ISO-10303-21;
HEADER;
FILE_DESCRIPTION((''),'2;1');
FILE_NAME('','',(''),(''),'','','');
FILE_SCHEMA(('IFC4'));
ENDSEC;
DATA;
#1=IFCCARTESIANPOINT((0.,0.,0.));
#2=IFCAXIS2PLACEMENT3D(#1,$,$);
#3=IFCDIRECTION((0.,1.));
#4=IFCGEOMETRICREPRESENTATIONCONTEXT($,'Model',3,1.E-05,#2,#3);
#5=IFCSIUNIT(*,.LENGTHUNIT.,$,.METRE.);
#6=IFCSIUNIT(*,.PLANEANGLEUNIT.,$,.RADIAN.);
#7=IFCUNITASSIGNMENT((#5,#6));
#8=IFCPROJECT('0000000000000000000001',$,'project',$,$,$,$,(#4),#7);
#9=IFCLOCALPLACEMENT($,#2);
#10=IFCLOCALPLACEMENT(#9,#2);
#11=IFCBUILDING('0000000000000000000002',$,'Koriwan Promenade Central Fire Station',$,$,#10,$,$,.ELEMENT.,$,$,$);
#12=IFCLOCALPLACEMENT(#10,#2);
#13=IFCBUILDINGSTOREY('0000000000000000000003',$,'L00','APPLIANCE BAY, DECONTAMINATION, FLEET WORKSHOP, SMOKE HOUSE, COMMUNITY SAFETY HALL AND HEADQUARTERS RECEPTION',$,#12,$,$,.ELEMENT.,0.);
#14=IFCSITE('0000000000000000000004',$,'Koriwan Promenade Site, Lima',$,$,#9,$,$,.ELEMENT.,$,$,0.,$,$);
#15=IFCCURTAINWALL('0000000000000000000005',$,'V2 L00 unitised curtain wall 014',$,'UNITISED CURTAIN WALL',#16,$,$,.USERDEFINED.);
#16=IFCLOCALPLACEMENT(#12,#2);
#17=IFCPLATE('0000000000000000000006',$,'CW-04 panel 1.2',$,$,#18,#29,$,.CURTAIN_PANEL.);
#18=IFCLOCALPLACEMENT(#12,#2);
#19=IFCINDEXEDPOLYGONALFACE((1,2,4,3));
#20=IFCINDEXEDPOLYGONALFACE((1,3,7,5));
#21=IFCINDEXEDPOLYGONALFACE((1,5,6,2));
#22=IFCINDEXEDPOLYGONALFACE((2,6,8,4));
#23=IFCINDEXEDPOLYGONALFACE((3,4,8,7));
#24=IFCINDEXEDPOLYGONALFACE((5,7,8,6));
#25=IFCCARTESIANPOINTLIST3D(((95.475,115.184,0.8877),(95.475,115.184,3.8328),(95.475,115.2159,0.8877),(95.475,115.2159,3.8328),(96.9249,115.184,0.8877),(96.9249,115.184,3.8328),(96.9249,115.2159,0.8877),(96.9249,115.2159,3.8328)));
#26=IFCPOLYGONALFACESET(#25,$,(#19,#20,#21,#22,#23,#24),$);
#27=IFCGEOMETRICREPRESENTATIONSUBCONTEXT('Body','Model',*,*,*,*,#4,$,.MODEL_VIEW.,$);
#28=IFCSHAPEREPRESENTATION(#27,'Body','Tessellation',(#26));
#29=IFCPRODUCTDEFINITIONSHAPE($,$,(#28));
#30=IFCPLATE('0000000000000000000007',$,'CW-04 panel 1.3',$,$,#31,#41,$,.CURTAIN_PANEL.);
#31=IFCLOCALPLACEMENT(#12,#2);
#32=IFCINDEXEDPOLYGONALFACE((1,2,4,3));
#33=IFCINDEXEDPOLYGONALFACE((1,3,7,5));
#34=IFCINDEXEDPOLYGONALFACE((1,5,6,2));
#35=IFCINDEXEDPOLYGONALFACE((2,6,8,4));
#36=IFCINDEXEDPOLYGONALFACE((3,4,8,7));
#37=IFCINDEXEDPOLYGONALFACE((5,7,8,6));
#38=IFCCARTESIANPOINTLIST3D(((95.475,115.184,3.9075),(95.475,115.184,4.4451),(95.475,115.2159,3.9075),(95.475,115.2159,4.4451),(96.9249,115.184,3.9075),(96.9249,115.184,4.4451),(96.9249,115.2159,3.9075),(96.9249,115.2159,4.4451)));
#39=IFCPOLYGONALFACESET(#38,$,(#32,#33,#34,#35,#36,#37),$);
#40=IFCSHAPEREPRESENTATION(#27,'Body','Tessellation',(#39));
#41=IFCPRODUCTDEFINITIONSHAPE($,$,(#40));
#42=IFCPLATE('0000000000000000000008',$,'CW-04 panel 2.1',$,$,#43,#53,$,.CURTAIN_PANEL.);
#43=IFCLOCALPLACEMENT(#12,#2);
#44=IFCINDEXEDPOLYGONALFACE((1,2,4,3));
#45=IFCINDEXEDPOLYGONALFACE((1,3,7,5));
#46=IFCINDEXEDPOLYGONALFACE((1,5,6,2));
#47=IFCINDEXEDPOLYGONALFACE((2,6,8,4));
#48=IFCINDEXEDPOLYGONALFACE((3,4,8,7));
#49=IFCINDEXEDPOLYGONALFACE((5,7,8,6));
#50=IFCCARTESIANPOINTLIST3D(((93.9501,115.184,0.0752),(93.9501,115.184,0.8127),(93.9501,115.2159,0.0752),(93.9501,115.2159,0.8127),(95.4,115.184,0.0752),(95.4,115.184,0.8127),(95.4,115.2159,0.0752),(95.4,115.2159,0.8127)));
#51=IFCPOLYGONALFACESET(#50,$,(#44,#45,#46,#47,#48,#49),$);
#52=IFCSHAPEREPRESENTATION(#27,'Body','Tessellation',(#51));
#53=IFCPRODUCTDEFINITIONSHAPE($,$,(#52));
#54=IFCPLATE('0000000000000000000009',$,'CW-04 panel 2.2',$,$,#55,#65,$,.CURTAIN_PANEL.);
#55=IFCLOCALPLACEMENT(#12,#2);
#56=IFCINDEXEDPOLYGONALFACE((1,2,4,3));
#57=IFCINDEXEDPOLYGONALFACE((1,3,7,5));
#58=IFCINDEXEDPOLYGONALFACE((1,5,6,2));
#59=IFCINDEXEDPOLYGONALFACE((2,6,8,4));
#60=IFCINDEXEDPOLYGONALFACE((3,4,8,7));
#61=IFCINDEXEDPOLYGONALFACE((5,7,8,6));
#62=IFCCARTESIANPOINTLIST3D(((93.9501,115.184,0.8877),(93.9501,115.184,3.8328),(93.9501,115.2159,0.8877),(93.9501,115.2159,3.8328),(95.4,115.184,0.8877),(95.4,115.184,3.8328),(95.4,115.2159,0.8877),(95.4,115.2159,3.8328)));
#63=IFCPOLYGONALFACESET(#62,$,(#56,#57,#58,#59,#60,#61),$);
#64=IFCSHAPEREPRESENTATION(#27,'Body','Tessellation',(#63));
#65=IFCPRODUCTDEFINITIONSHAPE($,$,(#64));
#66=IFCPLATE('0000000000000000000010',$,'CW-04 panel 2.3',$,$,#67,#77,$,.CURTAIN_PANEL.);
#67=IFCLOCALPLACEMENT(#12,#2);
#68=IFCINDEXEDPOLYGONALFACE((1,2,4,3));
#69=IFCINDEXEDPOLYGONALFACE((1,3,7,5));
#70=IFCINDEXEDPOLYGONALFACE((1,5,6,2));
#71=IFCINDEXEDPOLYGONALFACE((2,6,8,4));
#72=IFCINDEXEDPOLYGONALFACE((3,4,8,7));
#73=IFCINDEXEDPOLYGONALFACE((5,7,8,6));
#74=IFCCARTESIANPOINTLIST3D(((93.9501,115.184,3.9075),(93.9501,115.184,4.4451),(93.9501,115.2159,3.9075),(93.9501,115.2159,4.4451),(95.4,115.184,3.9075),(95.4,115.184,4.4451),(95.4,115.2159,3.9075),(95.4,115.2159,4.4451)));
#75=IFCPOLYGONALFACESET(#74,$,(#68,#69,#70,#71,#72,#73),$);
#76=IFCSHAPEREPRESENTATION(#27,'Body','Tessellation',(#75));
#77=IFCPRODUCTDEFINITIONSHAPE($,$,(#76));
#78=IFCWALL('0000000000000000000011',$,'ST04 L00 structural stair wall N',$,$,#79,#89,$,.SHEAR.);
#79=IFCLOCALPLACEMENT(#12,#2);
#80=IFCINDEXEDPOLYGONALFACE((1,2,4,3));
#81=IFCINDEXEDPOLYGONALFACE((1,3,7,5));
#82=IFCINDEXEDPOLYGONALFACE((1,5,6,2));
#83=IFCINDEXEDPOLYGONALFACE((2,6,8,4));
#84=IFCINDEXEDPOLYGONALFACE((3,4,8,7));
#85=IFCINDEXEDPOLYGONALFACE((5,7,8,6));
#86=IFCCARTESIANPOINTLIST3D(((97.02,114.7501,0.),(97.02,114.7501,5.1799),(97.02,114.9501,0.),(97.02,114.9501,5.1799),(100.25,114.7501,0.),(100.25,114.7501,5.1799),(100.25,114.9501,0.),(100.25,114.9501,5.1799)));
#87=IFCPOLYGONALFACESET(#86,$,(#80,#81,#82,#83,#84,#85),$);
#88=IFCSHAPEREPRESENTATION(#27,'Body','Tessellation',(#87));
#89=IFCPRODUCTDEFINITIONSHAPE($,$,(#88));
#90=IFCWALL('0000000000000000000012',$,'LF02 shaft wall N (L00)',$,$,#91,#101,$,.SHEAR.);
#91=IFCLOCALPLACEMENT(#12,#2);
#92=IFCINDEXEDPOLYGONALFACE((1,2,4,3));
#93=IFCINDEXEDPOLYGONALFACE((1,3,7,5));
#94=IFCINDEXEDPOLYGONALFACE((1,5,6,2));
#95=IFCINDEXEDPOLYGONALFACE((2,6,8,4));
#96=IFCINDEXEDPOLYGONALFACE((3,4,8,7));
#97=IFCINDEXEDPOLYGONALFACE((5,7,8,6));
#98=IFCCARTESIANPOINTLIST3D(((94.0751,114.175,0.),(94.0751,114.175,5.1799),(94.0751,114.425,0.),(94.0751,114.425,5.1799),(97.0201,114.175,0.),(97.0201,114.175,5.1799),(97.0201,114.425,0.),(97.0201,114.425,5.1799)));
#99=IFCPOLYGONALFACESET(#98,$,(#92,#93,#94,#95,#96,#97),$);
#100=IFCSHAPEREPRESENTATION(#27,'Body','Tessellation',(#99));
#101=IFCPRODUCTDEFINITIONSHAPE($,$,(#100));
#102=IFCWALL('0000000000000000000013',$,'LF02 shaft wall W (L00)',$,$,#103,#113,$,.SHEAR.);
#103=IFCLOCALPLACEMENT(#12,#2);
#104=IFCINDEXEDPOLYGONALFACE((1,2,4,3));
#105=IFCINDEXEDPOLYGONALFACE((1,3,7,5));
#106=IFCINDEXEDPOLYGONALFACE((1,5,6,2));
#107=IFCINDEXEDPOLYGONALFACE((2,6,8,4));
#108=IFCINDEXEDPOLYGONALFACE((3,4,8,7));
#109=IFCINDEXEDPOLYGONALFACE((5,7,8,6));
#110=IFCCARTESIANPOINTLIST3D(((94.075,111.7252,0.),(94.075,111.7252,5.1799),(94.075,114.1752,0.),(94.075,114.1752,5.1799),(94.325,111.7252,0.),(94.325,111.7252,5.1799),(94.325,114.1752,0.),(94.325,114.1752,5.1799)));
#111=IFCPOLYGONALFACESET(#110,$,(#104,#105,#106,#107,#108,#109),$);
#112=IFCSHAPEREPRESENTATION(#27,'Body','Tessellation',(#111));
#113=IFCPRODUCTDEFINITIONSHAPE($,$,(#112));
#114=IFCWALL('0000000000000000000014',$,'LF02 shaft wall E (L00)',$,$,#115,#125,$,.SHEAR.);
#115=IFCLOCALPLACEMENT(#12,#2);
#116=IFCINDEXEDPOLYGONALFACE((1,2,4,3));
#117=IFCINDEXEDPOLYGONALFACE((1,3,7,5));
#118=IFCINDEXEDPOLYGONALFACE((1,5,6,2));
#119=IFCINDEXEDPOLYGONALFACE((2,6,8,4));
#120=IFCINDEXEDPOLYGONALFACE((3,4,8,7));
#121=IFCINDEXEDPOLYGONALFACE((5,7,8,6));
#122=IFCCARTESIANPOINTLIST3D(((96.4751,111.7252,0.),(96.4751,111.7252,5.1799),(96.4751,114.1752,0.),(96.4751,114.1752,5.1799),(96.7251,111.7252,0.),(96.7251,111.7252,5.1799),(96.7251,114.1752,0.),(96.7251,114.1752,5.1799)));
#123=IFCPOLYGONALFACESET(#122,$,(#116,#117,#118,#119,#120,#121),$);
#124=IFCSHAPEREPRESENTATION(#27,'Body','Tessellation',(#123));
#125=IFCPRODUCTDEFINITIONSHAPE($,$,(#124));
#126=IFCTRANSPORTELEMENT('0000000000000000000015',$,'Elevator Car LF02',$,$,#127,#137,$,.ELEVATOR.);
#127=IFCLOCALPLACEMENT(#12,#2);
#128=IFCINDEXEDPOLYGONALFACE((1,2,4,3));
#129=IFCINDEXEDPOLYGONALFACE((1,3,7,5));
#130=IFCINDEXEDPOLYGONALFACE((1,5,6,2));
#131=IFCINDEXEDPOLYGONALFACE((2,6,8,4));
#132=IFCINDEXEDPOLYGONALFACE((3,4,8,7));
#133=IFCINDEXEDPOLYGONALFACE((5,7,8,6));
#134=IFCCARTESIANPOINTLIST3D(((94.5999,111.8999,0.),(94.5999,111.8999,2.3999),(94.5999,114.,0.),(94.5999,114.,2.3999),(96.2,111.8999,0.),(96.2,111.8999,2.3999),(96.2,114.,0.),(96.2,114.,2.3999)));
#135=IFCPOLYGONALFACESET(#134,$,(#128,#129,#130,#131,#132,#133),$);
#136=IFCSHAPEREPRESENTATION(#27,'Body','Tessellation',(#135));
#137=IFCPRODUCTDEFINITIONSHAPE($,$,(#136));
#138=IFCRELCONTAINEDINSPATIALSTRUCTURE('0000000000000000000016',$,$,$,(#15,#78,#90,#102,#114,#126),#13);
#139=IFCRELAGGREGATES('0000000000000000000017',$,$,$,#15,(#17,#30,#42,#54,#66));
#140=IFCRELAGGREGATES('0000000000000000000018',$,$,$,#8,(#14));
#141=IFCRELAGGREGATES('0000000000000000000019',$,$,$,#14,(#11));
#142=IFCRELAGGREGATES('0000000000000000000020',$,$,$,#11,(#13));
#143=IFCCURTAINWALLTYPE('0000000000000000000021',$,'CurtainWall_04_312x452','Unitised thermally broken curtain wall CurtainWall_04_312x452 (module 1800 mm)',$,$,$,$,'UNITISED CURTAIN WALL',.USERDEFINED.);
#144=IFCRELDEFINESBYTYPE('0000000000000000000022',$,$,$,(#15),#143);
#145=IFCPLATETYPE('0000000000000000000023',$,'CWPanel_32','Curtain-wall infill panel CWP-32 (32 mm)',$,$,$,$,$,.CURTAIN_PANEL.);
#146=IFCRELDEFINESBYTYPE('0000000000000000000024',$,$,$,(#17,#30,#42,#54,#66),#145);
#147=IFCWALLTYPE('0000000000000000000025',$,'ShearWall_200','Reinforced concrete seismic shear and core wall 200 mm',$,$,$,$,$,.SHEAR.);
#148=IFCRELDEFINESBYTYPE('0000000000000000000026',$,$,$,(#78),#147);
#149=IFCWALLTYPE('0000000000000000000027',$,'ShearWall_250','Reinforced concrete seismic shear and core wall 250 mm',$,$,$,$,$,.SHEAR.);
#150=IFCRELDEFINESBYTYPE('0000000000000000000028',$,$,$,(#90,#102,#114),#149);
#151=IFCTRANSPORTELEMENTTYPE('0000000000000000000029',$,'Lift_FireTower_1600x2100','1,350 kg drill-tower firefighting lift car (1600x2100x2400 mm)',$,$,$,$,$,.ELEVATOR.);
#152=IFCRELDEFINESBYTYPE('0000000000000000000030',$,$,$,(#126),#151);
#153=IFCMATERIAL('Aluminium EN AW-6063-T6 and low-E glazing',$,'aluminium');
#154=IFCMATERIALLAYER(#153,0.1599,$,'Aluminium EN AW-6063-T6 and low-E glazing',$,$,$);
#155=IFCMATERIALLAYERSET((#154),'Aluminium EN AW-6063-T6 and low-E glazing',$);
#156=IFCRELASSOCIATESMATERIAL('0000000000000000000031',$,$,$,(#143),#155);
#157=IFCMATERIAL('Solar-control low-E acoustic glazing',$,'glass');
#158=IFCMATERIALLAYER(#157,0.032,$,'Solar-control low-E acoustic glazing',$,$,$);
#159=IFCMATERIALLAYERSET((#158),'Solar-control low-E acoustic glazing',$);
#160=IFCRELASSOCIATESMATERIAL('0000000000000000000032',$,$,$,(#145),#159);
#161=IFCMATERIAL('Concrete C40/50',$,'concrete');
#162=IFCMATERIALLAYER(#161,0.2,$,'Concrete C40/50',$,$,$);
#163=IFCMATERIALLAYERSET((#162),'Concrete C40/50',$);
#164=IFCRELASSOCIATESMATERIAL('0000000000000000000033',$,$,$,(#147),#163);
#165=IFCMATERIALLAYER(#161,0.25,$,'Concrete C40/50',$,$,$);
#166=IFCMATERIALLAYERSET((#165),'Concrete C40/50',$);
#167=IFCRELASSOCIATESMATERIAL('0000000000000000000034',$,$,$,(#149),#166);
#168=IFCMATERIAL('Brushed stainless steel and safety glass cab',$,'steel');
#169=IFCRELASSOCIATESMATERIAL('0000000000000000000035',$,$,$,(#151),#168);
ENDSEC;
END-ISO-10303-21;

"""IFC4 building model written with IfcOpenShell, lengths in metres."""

from ifc_helpers import new_model, si_unit, direction, frame, frame_2d, origin, origin_2d, place, context, subcontext, project, spatial, rectangle, extrude, material, layer, layer_set, type_object, element, aggregate, save


model = new_model("IFC4")

# Units and contexts
model_context = context("Model", 3, precision=1e-05, world=origin(), true_north=direction((0.0, 1.0)))
body_context = subcontext(model_context, "Body", "Model", "MODEL_VIEW")
ifc_project = project(units=[si_unit("LENGTHUNIT", "METRE"), si_unit("PLANEANGLEUNIT", "RADIAN")], contexts=[model_context])

# Site, building, storey
site_placement = place(None, origin())
site = spatial("IfcSite", under=ifc_project, at=site_placement, Name="Koriwan Promenade Site, Lima", CompositionType="ELEMENT", RefElevation=0.0)
building_placement = place(site_placement, origin())
building = spatial("IfcBuilding", under=site, at=building_placement, Name="Koriwan Promenade Central Fire Station", CompositionType="ELEMENT")
storey_placement = place(building_placement, origin())
storey = spatial("IfcBuildingStorey", under=building, at=storey_placement, Name="L00", Description="APPLIANCE BAY, DECONTAMINATION, FLEET WORKSHOP, SMOKE HOUSE, COMMUNITY SAFETY HALL AND HEADQUARTERS RECEPTION", CompositionType="ELEMENT", Elevation=0.0)

# Shared definitions
ifc_material_1 = material(Name="Concrete C40/50", Category="concrete")

# Shared definitions
ifc_material_2 = material(Name="Aluminium EN AW-6063-T6 and low-E glazing", Category="aluminium")

# Curtain wall
ifc_layer_1 = layer(ifc_material_2, 0.1599, Name="Aluminium EN AW-6063-T6 and low-E glazing")
ifc_layer_set_1 = layer_set([ifc_layer_1], Name="Aluminium EN AW-6063-T6 and low-E glazing")
curtain_wall_type_1 = type_object("IfcCurtainWallType", Name="CurtainWall_04_312x452", Description="Unitised thermally broken curtain wall CurtainWall_04_312x452 (module 1800 mm)", ElementType="UNITISED CURTAIN WALL", PredefinedType="USERDEFINED", material=ifc_layer_set_1)
curtain_wall_1_placement = place(storey_placement, origin())
curtain_wall_1 = element("IfcCurtainWall", 1, at=curtain_wall_1_placement, inside=storey, type_object=curtain_wall_type_1, Name="V2 L00 unitised curtain wall 014", ObjectType="UNITISED CURTAIN WALL", PredefinedType="USERDEFINED")

# Plates
ifc_material_3 = material(Name="Solar-control low-E acoustic glazing", Category="glass")
ifc_layer_2 = layer(ifc_material_3, 0.032, Name="Solar-control low-E acoustic glazing")
ifc_layer_set_2 = layer_set([ifc_layer_2], Name="Solar-control low-E acoustic glazing")
plate_type = type_object("IfcPlateType", Name="CWPanel_32", Description="Curtain-wall infill panel CWP-32 (32 mm)", PredefinedType="CURTAIN_PANEL", material=ifc_layer_set_2)
plate_1_placement = place(storey_placement, frame((96.2, 115.2, 0.8877), z_axis=(0.0, 0.0, 1.0), x_axis=(-1.0, 0.0, 0.0)))
plate_1 = element("IfcPlate", 2, at=plate_1_placement, type_object=plate_type, Name="CW-04 panel 1.2", PredefinedType="CURTAIN_PANEL", context=body_context, shape_type="SweptSolid", body=[
    extrude(rectangle(XDim=1.45, YDim=0.032, at=origin_2d()), origin(), (0.0, 0.0, 1.0), 2.9451),
])
plate_2_placement = place(storey_placement, frame((96.2, 115.2, 3.9075), z_axis=(0.0, 0.0, 1.0), x_axis=(-1.0, 0.0, 0.0)))
plate_2 = element("IfcPlate", 3, at=plate_2_placement, type_object=plate_type, Name="CW-04 panel 1.3", PredefinedType="CURTAIN_PANEL", context=body_context, shape_type="SweptSolid", body=[
    extrude(rectangle(XDim=1.45, YDim=0.032, at=origin_2d()), origin(), (0.0, 0.0, 1.0), 0.5376),
])
plate_3_placement = place(storey_placement, frame((94.675, 115.2, 0.0752), z_axis=(0.0, 0.0, 1.0), x_axis=(-1.0, 0.0, 0.0)))
plate_3 = element("IfcPlate", 4, at=plate_3_placement, type_object=plate_type, Name="CW-04 panel 2.1", PredefinedType="CURTAIN_PANEL", context=body_context, shape_type="SweptSolid", body=[
    extrude(rectangle(XDim=1.45, YDim=0.032, at=origin_2d()), origin(), (0.0, 0.0, 1.0), 0.7375),
])
plate_4_placement = place(storey_placement, frame((94.675, 115.2, 0.8877), z_axis=(0.0, 0.0, 1.0), x_axis=(-1.0, 0.0, 0.0)))
plate_4 = element("IfcPlate", 5, at=plate_4_placement, type_object=plate_type, Name="CW-04 panel 2.2", PredefinedType="CURTAIN_PANEL", context=body_context, shape_type="SweptSolid", body=[
    extrude(rectangle(XDim=1.45, YDim=0.032, at=origin_2d()), origin(), (0.0, 0.0, 1.0), 2.9451),
])
plate_5_placement = place(storey_placement, frame((94.675, 115.2, 3.9075), z_axis=(0.0, 0.0, 1.0), x_axis=(-1.0, 0.0, 0.0)))
plate_5 = element("IfcPlate", 6, at=plate_5_placement, type_object=plate_type, Name="CW-04 panel 2.3", PredefinedType="CURTAIN_PANEL", context=body_context, shape_type="SweptSolid", body=[
    extrude(rectangle(XDim=1.45, YDim=0.032, at=origin_2d()), origin(), (0.0, 0.0, 1.0), 0.5376),
])
aggregate(curtain_wall_1, [plate_1, plate_2, plate_3, plate_4, plate_5])

# Wall
ifc_layer_3 = layer(ifc_material_1, 0.2, Name="Concrete C40/50")
ifc_layer_set_3 = layer_set([ifc_layer_3], Name="Concrete C40/50")
wall_type_1 = type_object("IfcWallType", Name="ShearWall_200", Description="Reinforced concrete seismic shear and core wall 200 mm", PredefinedType="SHEAR", material=ifc_layer_set_3)
wall_1_placement = place(storey_placement, frame((97.02, 114.8501, 0.0), z_axis=(0.0, 0.0, 1.0), x_axis=(1.0, 0.0, 0.0)))
element("IfcWall", 7, at=wall_1_placement, inside=storey, type_object=wall_type_1, Name="ST04 L00 structural stair wall N", PredefinedType="SHEAR", context=body_context, shape_type="SweptSolid", body=[
    extrude(rectangle(XDim=3.23, YDim=0.2, at=frame_2d((1.615, 0.0))), origin(), (0.0, 0.0, 1.0), 5.1799),
])

# Shared definitions
ifc_layer_4 = layer(ifc_material_1, 0.25, Name="Concrete C40/50")
ifc_layer_set_4 = layer_set([ifc_layer_4], Name="Concrete C40/50")
wall_type_2 = type_object("IfcWallType", Name="ShearWall_250", Description="Reinforced concrete seismic shear and core wall 250 mm", PredefinedType="SHEAR", material=ifc_layer_set_4)

# Walls
wall_2_placement = place(storey_placement, frame((94.075, 114.3, 0.0), z_axis=(0.0, 0.0, 1.0), x_axis=(1.0, 0.0, 0.0)))
element("IfcWall", 8, at=wall_2_placement, inside=storey, type_object=wall_type_2, Name="LF02 shaft wall N (L00)", PredefinedType="SHEAR", context=body_context, shape_type="SweptSolid", body=[
    extrude(rectangle(XDim=2.9451, YDim=0.25, at=frame_2d((1.4727, 0.0))), origin(), (0.0, 0.0, 1.0), 5.1799),
])
for number, where, z_axis, x_axis, name in (
    (9, (94.2, 111.7251, 0.0), (0.0, 0.0, 1.0), (0.0, 1.0, 0.0), "LF02 shaft wall W (L00)"),
    (10, (96.6001, 111.7251, 0.0), (0.0, 0.0, 1.0), (0.0, 1.0, 0.0), "LF02 shaft wall E (L00)"),
):
    element("IfcWall", number, at=place(storey_placement, frame(where, z_axis=z_axis, x_axis=x_axis)), inside=storey, type_object=wall_type_2, Name=name, PredefinedType="SHEAR", context=body_context, shape_type="SweptSolid", body=[
        extrude(rectangle(XDim=2.45, YDim=0.25, at=frame_2d((1.2251, 0.0))), origin(), (0.0, 0.0, 1.0), 5.1799),
    ])

# Transport element
ifc_material_4 = material(Name="Brushed stainless steel and safety glass cab", Category="steel")
transport_element_type = type_object("IfcTransportElementType", Name="Lift_FireTower_1600x2100", Description="1,350 kg drill-tower firefighting lift car (1600x2100x2400 mm)", PredefinedType="ELEVATOR", material=ifc_material_4)
transport_element_placement = place(storey_placement, frame((95.3999, 112.95, 0.0), z_axis=(0.0, 0.0, 1.0), x_axis=(1.0, 0.0, 0.0)))
element("IfcTransportElement", 11, at=transport_element_placement, inside=storey, type_object=transport_element_type, Name="Elevator Car LF02", PredefinedType="ELEVATOR", context=body_context, shape_type="SweptSolid", body=[
    extrude(rectangle(XDim=1.6001, YDim=2.1001, at=origin_2d()), origin(), (0.0, 0.0, 1.0), 2.3999),
])

save(model, "model.ifc")
